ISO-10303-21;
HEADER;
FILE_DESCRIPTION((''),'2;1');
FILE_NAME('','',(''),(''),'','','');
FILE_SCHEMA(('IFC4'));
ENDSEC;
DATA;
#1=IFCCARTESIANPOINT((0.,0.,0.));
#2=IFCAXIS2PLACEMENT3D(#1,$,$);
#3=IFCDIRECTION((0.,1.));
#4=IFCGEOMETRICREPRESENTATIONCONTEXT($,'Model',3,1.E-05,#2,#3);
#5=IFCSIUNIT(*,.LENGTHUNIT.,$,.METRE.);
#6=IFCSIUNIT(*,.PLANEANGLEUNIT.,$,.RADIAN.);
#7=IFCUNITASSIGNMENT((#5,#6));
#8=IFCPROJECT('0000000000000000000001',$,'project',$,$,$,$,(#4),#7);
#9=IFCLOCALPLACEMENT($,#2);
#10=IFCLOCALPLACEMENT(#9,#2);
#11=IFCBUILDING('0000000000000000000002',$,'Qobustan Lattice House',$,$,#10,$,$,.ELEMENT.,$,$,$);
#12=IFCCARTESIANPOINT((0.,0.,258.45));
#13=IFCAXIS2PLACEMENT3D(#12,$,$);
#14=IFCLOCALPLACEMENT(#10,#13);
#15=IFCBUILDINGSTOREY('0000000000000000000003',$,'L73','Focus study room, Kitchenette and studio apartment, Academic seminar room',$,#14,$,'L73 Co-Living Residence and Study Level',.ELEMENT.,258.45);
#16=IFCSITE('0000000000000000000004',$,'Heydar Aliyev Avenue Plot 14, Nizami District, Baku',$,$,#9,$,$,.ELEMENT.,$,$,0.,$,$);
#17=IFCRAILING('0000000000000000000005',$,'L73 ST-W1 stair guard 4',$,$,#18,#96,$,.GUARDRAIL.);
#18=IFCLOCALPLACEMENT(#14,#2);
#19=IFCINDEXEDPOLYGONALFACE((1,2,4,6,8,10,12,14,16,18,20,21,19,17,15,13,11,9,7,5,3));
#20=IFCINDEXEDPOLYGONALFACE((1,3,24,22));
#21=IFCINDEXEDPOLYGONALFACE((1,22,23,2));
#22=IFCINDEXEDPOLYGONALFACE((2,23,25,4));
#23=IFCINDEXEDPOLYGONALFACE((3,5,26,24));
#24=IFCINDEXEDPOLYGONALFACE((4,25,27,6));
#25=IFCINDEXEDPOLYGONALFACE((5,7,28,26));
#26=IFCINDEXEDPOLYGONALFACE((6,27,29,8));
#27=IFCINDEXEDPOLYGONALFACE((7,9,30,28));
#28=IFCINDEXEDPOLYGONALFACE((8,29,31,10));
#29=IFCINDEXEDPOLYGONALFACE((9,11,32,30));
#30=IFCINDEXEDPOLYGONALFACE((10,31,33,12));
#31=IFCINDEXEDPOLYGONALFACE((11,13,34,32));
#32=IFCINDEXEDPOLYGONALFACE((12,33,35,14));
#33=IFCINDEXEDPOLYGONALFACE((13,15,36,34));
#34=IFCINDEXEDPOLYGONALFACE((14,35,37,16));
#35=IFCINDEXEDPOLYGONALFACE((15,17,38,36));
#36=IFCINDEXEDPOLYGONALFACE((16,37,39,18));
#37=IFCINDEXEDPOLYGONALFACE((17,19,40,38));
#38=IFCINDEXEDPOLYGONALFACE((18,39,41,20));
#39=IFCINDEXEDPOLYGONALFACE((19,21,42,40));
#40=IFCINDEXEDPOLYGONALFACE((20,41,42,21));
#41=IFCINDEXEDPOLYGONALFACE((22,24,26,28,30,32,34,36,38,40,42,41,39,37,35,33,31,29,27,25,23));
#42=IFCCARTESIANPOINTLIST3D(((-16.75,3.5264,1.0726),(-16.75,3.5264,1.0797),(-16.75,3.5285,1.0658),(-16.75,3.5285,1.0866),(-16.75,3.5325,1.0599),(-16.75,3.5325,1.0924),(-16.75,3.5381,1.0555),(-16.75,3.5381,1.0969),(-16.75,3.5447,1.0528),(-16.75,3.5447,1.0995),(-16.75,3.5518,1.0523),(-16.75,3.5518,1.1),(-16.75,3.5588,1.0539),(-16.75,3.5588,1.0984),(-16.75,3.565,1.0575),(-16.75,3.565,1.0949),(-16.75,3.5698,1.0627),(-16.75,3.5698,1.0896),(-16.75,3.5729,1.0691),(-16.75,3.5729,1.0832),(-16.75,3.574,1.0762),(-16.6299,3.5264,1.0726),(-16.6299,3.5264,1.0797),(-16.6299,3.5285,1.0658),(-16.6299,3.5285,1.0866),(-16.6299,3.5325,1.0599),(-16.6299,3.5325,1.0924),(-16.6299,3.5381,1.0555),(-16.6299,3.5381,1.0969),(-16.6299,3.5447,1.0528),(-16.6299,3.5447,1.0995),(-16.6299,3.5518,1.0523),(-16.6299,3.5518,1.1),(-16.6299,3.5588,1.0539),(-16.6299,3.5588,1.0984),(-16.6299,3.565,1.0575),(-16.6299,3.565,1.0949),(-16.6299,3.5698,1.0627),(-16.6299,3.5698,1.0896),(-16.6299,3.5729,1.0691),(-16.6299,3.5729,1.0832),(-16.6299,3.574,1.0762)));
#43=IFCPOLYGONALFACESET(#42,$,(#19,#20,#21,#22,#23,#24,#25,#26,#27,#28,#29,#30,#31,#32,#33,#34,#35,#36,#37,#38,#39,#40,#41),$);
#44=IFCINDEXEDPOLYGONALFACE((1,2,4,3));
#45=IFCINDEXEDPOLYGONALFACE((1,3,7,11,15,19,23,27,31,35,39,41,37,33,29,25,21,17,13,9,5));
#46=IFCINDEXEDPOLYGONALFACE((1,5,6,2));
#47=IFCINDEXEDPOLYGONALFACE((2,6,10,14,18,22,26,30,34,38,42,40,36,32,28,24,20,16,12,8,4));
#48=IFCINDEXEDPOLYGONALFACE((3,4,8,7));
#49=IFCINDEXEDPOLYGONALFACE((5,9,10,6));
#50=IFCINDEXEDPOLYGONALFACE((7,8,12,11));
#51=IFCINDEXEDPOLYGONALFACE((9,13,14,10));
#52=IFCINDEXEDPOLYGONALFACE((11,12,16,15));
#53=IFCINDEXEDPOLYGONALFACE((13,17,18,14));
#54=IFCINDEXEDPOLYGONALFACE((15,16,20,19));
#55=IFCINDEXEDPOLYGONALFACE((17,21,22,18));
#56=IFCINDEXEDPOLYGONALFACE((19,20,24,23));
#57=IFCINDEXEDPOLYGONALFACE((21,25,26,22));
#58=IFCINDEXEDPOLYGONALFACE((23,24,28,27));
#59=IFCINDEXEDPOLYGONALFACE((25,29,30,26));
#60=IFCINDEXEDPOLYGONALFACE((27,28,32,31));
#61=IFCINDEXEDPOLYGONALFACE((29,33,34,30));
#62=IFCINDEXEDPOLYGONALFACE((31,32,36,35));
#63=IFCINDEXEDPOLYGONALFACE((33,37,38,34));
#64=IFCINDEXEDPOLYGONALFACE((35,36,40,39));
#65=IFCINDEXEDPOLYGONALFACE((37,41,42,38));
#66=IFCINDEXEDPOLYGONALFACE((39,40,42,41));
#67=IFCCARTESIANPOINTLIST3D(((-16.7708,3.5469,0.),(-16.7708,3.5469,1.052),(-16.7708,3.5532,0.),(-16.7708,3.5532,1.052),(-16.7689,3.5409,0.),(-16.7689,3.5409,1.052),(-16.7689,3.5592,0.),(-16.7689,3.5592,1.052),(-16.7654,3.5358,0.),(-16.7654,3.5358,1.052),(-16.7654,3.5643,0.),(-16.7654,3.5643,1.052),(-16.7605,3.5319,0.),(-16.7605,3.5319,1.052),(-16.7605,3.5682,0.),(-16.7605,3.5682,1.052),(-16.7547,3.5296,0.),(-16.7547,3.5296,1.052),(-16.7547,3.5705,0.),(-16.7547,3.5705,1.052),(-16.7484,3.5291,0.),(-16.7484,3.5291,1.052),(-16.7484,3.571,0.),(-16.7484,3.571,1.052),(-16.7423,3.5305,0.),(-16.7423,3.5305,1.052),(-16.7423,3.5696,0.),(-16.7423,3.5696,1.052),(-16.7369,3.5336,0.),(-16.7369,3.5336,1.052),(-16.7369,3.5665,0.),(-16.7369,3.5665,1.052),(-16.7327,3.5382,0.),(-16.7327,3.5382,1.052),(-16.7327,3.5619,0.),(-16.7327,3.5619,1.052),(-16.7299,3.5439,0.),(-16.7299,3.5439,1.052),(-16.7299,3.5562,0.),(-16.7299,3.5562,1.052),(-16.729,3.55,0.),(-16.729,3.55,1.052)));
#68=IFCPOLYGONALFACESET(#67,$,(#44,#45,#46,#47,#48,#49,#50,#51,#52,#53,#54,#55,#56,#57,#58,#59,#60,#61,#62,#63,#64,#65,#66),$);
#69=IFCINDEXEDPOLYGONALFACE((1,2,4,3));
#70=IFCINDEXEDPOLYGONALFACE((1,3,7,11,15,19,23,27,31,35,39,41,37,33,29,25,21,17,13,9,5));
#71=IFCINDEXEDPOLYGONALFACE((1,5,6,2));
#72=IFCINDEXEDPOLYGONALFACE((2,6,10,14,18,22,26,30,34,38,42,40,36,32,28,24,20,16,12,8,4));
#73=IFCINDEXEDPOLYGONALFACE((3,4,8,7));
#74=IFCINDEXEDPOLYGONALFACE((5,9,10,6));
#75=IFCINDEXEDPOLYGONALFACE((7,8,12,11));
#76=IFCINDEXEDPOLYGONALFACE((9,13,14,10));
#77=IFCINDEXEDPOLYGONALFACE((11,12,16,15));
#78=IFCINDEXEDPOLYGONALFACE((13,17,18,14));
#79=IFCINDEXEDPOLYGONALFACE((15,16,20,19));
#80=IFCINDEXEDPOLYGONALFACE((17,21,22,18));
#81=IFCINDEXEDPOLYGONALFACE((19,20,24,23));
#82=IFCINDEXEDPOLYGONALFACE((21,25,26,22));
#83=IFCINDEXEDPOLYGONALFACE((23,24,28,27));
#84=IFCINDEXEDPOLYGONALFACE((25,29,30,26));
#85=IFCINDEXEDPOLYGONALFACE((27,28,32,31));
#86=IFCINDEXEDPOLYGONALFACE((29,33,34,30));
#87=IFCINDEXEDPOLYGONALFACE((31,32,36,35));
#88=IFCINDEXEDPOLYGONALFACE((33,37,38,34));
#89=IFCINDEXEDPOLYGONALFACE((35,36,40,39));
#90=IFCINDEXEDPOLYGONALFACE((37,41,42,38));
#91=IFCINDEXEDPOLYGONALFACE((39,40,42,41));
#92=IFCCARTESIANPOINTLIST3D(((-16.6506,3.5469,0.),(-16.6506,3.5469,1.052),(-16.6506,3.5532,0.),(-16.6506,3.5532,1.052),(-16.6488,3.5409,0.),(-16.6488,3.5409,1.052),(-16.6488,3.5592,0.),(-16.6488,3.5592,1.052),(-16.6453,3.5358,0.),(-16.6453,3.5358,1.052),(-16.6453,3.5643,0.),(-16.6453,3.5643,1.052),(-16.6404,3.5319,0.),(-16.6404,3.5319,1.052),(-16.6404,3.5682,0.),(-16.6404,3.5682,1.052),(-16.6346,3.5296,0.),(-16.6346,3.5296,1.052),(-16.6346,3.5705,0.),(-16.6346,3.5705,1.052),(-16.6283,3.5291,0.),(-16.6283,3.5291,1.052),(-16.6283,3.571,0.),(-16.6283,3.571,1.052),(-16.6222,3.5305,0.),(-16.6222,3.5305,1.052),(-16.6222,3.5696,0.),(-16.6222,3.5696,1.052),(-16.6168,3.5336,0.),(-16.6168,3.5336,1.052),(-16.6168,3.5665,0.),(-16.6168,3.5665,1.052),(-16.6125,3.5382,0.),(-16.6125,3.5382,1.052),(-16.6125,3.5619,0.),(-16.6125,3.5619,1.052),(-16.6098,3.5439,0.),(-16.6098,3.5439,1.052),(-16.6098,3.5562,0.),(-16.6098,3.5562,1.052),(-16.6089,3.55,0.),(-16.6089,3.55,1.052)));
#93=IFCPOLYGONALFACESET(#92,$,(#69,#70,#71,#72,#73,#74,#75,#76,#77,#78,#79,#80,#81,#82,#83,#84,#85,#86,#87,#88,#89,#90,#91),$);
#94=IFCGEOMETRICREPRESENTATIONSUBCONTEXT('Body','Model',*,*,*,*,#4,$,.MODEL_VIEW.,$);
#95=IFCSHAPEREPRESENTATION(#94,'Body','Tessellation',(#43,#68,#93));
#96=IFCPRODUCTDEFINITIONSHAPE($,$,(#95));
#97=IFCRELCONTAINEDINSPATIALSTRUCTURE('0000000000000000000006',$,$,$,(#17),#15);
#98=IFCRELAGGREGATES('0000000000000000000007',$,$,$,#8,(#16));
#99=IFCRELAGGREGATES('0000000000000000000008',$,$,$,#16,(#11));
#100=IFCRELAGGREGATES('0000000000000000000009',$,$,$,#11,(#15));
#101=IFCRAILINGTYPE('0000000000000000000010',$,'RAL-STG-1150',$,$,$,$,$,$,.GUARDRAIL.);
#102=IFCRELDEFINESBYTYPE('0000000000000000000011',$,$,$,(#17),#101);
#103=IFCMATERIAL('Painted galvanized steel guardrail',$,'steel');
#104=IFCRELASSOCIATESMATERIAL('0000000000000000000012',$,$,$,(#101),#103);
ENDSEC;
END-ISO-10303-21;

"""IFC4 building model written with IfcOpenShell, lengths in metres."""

from ifc_helpers import new_model, si_unit, direction, frame, origin, origin_2d, place, context, subcontext, project, spatial, circle, extrude, material, type_object, element, save


model = new_model("IFC4")

# Units and contexts
model_context = context("Model", 3, precision=1e-05, world=origin(), true_north=direction((0.0, 1.0)))
body_context = subcontext(model_context, "Body", "Model", "MODEL_VIEW")
ifc_project = project(units=[si_unit("LENGTHUNIT", "METRE"), si_unit("PLANEANGLEUNIT", "RADIAN")], contexts=[model_context])

# Site, building, storey
site_placement = place(None, origin())
site = spatial("IfcSite", under=ifc_project, at=site_placement, Name="Heydar Aliyev Avenue Plot 14, Nizami District, Baku", CompositionType="ELEMENT", RefElevation=0.0)
building_placement = place(site_placement, origin())
building = spatial("IfcBuilding", under=site, at=building_placement, Name="Qobustan Lattice House", CompositionType="ELEMENT")
storey_placement = place(building_placement, frame((0.0, 0.0, 258.45)))
storey = spatial("IfcBuildingStorey", under=building, at=storey_placement, Name="L73", Description="Focus study room, Kitchenette and studio apartment, Academic seminar room", LongName="L73 Co-Living Residence and Study Level", CompositionType="ELEMENT", Elevation=258.45)

# Railing
ifc_material_1 = material(Name="Painted galvanized steel guardrail", Category="steel")
railing_type = type_object("IfcRailingType", Name="RAL-STG-1150", PredefinedType="GUARDRAIL", material=ifc_material_1)
railing_1_placement = place(storey_placement, frame((-16.75, 3.55, 0.0)))
element("IfcRailing", 1, at=railing_1_placement, inside=storey, type_object=railing_type, Name="L73 ST-W1 stair guard 4", PredefinedType="GUARDRAIL", context=body_context, shape_type="SweptSolid", body=[
    extrude(circle(Radius=0.0239, at=origin_2d()), frame((0.0, 0.0, 1.0762), z_axis=(1.0, 0.0, 0.0), x_axis=(0.0, 1.0, 0.0)), (0.0, 0.0, 1.0), 0.1201),
    extrude(circle(Radius=0.021, at=origin_2d()), origin(), (0.0, 0.0, 1.0), 1.052),
    extrude(circle(Radius=0.021, at=origin_2d()), frame((0.1201, 0.0, 0.0)), (0.0, 0.0, 1.0), 1.052),
])

save(model, "model.ifc")
